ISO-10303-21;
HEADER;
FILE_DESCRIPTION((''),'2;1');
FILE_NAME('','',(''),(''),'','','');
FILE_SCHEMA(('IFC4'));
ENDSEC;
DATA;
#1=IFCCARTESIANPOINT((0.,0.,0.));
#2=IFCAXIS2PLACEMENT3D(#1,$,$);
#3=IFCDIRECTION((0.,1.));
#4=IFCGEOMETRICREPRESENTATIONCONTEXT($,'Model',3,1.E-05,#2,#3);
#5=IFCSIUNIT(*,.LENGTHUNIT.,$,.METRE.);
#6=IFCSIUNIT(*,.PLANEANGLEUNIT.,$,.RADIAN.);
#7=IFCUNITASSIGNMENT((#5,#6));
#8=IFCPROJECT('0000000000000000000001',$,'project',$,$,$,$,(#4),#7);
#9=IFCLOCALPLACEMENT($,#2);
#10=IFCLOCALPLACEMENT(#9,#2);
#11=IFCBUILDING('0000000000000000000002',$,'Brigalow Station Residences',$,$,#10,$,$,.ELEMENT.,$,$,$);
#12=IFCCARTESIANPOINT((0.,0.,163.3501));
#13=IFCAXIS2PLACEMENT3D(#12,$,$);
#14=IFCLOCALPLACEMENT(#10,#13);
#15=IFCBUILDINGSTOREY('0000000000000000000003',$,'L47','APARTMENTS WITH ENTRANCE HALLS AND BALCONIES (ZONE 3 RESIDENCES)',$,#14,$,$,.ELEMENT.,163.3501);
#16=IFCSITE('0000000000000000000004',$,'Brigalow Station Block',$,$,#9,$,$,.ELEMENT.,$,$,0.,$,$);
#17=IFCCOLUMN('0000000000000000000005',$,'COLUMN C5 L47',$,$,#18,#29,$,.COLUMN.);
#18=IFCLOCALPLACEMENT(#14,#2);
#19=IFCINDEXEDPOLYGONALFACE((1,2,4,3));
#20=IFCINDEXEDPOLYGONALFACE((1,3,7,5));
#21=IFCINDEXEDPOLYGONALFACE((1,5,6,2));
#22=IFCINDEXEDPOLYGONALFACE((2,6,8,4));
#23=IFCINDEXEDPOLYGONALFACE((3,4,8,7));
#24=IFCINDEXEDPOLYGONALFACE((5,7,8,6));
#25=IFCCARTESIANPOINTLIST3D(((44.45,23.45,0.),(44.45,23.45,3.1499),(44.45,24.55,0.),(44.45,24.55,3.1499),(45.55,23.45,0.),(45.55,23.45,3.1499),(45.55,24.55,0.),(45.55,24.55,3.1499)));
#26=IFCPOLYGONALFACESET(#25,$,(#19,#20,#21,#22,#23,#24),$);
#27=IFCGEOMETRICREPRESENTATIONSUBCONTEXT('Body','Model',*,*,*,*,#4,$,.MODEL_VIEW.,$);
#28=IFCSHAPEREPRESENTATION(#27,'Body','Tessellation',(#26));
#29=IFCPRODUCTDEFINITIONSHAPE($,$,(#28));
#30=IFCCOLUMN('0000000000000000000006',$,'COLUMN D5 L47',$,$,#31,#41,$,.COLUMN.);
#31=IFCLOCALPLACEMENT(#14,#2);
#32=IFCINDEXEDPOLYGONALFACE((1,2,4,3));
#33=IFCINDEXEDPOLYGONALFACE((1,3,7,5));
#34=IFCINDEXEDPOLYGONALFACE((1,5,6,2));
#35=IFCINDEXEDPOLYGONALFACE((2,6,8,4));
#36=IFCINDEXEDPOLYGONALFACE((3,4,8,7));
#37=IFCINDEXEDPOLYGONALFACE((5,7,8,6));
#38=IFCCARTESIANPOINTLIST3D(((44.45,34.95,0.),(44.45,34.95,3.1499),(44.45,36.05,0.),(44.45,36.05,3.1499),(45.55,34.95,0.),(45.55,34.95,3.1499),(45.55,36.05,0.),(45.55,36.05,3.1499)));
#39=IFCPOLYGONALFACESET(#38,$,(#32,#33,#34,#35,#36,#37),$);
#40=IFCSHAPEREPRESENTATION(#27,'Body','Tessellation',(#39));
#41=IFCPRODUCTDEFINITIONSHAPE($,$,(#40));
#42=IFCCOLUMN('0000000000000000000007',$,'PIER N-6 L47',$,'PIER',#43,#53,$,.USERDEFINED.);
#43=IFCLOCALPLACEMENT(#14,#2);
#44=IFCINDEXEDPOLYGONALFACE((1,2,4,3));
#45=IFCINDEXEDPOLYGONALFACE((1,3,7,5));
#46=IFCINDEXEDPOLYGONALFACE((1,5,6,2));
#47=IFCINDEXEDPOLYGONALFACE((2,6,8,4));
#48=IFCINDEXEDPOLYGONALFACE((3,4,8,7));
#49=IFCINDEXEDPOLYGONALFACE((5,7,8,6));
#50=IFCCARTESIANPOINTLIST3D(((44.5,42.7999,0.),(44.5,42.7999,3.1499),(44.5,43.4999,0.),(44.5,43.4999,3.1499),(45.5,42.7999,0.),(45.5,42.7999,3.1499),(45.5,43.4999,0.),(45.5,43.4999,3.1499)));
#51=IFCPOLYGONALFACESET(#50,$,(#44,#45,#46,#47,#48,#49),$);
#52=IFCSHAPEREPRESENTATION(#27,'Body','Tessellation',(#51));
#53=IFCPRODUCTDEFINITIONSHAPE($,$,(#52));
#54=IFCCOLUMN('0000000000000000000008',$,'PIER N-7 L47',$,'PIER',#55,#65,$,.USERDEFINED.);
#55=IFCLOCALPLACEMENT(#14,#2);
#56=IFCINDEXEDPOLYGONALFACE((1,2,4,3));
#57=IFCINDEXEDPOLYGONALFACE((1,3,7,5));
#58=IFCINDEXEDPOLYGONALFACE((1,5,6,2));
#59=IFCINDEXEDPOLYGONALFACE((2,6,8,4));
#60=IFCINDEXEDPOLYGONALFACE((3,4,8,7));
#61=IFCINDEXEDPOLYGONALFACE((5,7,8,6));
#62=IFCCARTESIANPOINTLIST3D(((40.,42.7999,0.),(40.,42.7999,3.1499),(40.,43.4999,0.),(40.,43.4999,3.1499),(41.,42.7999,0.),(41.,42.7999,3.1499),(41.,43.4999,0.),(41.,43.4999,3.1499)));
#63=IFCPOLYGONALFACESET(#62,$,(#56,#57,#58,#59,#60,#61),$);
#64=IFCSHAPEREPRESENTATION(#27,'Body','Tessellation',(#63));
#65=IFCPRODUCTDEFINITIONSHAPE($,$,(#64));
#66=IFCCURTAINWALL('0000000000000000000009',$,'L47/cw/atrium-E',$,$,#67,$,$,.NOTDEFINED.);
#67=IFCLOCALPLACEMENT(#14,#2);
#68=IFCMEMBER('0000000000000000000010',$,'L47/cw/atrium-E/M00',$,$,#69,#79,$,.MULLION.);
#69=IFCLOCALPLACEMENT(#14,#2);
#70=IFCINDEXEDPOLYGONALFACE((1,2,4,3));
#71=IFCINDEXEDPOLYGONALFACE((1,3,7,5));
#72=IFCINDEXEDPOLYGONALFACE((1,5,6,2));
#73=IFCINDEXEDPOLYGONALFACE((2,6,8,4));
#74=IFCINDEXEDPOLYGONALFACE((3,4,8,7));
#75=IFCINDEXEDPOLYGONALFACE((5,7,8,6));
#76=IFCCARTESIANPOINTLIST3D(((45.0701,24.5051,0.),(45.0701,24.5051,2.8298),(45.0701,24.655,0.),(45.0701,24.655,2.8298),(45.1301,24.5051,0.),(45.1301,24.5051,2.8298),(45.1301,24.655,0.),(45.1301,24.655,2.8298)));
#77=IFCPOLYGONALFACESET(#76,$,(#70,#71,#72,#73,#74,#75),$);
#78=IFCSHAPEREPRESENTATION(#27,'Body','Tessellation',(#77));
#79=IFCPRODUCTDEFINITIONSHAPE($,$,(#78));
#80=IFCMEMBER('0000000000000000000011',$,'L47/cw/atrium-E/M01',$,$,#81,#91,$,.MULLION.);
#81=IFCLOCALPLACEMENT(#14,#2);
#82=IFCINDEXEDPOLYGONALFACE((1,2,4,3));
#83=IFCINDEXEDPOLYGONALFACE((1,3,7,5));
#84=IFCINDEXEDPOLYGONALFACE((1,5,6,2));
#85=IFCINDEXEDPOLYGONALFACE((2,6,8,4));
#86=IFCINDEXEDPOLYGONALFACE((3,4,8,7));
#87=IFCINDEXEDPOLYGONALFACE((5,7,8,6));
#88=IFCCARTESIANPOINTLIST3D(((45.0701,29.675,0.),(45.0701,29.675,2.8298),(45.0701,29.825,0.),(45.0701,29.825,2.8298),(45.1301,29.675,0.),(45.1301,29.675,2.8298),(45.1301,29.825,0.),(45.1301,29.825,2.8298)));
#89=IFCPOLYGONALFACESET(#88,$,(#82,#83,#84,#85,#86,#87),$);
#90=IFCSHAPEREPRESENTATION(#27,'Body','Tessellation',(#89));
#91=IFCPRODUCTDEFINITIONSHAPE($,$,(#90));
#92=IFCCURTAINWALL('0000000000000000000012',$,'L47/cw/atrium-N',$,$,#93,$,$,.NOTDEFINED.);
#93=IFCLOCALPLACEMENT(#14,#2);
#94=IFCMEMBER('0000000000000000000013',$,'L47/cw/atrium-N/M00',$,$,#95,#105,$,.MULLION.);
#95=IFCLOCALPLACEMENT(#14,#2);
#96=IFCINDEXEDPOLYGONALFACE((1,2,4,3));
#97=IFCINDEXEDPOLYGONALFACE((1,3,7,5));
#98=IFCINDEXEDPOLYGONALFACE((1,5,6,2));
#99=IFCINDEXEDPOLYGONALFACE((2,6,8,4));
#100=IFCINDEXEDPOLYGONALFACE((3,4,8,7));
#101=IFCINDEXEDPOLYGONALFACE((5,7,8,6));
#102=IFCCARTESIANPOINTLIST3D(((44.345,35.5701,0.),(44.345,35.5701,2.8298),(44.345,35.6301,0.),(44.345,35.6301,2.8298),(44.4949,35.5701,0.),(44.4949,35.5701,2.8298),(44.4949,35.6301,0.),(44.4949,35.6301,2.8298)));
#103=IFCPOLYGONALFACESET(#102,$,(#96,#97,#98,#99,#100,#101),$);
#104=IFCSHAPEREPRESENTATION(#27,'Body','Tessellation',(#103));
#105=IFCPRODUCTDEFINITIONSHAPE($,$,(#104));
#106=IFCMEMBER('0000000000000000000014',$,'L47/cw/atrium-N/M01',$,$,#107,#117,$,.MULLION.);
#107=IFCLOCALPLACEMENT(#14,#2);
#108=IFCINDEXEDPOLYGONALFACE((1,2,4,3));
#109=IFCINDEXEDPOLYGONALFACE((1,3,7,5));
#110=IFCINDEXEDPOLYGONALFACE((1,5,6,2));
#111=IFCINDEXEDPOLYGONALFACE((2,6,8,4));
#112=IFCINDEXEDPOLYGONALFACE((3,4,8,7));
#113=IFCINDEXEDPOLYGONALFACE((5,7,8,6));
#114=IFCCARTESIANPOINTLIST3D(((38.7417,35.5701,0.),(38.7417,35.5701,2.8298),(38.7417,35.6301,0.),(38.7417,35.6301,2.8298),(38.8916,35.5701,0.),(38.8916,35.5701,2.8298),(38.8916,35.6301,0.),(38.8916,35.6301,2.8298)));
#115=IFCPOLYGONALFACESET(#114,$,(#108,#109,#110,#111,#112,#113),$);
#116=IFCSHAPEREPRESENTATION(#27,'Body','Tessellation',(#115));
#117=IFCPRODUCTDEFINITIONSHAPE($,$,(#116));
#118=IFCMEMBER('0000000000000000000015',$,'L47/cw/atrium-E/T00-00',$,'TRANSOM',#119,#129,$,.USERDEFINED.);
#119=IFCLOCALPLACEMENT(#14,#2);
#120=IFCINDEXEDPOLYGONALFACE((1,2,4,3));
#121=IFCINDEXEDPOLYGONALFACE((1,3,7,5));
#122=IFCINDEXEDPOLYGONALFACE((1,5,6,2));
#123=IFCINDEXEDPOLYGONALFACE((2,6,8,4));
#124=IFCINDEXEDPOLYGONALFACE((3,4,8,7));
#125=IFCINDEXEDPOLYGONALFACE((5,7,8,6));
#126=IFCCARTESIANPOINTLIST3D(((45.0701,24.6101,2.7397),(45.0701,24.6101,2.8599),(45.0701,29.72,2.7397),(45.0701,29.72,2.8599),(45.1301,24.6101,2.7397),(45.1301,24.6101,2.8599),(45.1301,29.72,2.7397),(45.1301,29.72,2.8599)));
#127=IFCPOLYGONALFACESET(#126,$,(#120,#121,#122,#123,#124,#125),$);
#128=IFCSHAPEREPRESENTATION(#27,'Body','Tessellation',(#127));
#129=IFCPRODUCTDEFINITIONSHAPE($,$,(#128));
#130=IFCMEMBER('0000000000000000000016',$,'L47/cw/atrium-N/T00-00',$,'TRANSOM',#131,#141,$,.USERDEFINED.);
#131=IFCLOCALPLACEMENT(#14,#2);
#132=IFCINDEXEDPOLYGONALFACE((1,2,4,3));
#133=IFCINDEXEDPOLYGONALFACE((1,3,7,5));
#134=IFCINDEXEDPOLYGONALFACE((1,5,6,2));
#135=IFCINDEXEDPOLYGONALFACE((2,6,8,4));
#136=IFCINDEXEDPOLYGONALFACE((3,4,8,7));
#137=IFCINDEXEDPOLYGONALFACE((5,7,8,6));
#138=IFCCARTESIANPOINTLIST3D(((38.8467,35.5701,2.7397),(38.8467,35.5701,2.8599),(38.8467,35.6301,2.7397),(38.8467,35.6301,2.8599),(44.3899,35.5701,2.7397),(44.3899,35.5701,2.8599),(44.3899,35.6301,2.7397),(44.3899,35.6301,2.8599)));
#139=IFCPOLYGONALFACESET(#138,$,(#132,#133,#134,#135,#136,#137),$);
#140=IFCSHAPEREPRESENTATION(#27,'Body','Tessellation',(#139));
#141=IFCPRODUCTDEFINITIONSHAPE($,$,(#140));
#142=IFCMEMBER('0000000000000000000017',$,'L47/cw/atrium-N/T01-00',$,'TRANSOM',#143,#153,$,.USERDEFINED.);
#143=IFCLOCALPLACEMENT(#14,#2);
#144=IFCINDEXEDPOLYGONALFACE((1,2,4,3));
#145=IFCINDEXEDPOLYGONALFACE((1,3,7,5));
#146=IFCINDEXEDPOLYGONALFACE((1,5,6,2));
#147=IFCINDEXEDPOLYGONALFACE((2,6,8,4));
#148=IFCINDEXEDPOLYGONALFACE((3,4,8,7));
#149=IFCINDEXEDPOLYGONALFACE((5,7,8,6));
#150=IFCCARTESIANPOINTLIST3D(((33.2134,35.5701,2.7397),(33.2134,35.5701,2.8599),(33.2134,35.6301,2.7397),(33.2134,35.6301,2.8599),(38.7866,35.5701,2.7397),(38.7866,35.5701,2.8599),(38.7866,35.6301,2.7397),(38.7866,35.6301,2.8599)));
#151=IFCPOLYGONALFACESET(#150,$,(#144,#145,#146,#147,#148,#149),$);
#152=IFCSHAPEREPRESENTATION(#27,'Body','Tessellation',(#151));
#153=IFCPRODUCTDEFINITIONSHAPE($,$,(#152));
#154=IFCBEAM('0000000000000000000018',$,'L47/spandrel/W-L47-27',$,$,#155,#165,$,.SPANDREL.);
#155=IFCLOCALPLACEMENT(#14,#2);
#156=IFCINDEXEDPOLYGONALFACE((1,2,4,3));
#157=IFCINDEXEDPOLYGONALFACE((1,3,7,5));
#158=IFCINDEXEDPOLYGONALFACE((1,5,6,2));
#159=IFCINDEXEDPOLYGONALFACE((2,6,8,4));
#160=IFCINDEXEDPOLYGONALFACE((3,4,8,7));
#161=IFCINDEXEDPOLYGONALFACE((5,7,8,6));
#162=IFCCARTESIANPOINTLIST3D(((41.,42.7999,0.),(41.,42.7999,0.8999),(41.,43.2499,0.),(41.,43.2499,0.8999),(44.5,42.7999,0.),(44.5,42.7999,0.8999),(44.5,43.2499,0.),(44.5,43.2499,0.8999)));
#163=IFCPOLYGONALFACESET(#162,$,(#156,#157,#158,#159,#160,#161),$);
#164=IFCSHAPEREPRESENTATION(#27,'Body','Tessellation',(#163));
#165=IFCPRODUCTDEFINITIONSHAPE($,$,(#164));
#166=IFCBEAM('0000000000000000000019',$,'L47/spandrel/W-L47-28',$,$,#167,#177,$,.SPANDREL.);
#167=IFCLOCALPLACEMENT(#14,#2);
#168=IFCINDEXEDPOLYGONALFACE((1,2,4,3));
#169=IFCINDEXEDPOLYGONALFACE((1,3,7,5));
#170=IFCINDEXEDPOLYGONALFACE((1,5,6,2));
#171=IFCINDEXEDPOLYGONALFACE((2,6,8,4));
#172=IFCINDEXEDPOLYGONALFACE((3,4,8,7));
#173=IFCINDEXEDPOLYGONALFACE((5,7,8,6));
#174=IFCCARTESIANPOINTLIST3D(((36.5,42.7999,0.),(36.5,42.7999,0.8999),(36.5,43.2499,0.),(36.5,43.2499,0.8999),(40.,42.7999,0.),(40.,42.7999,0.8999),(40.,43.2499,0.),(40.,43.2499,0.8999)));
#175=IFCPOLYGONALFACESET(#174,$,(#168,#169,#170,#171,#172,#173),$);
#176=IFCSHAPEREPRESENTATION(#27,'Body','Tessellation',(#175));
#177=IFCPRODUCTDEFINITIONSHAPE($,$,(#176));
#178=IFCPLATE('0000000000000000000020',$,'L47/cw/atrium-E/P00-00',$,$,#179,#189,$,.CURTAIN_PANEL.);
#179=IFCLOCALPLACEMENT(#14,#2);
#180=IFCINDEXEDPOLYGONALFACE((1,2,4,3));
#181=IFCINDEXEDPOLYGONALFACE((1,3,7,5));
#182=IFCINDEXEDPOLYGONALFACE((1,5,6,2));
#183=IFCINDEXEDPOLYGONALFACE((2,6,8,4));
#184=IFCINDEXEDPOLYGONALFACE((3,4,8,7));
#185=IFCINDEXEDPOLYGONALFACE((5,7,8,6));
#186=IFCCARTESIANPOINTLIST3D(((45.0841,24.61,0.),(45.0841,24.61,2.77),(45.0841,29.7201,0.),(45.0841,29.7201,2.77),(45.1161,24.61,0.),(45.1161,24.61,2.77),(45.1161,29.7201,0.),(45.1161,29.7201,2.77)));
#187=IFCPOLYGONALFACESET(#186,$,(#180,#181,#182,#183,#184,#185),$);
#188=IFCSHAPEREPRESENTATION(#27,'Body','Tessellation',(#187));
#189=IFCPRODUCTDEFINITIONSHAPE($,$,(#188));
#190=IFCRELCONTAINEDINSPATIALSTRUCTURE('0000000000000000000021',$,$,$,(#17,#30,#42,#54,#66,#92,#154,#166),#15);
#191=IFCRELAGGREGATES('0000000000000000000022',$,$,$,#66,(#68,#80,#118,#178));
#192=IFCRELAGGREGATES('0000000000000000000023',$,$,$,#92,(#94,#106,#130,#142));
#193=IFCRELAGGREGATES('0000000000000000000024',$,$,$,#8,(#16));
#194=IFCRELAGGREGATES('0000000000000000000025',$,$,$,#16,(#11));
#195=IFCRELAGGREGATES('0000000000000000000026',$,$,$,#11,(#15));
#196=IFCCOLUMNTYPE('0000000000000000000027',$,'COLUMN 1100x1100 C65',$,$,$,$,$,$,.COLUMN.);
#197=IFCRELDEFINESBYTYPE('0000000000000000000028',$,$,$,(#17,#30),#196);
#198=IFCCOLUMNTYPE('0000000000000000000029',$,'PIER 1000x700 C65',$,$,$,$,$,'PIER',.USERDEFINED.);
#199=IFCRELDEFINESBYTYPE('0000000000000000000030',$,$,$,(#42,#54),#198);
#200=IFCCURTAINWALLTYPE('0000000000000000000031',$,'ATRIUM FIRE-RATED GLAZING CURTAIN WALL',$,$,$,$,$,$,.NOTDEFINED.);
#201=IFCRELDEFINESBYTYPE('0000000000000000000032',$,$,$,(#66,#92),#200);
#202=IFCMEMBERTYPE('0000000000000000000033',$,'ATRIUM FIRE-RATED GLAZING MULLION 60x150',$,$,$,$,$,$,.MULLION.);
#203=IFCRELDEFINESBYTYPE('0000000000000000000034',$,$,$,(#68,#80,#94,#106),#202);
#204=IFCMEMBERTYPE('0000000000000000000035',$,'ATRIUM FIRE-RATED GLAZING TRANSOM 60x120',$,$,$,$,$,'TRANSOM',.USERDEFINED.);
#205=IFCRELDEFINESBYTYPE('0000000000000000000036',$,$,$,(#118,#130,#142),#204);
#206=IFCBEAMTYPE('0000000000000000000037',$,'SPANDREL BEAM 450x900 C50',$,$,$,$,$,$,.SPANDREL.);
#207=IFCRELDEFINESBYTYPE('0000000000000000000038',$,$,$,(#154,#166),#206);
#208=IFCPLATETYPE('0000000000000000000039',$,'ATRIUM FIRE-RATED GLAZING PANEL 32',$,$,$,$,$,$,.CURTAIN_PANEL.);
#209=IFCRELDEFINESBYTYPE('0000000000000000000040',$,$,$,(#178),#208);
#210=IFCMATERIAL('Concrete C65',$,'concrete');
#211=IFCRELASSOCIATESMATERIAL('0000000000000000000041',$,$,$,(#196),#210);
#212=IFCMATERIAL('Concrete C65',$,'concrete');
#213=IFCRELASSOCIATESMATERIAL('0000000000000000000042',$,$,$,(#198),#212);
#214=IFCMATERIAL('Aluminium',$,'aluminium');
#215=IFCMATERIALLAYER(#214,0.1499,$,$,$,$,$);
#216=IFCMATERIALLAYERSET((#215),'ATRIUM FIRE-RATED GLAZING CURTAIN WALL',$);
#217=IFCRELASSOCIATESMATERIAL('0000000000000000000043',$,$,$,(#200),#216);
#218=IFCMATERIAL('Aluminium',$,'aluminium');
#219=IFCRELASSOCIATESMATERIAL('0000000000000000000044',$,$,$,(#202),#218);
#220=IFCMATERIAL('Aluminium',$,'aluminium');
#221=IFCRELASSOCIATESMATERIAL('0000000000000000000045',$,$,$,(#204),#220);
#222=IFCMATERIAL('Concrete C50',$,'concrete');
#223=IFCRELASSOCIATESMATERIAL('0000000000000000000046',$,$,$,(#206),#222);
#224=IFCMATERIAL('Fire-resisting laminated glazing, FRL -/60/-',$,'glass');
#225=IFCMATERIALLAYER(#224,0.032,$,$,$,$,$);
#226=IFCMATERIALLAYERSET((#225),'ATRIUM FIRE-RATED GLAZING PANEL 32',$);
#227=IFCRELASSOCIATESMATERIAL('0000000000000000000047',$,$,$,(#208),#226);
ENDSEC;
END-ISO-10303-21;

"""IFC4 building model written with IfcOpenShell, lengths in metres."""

from ifc_helpers import new_model, si_unit, direction, frame, origin, origin_2d, place, context, subcontext, project, spatial, rectangle, extrude, material, layer, layer_set, material_profile, profile_set, type_object, element, aggregate, save


model = new_model("IFC4")

# Units and contexts
model_context = context("Model", 3, precision=1e-05, world=origin(), true_north=direction((0.0, 1.0)))
body_context = subcontext(model_context, "Body", "Model", "MODEL_VIEW")
ifc_project = project(units=[si_unit("LENGTHUNIT", "METRE"), si_unit("PLANEANGLEUNIT", "RADIAN")], contexts=[model_context])

# Site, building, storey
site_placement = place(None, origin())
site = spatial("IfcSite", under=ifc_project, at=site_placement, Name="Brigalow Station Block", CompositionType="ELEMENT", RefElevation=0.0)
building_placement = place(site_placement, origin())
building = spatial("IfcBuilding", under=site, at=building_placement, Name="Brigalow Station Residences", CompositionType="ELEMENT")
storey_placement = place(building_placement, frame((0.0, 0.0, 163.3501)))
storey = spatial("IfcBuildingStorey", under=building, at=storey_placement, Name="L47", Description="APARTMENTS WITH ENTRANCE HALLS AND BALCONIES (ZONE 3 RESIDENCES)", CompositionType="ELEMENT", Elevation=163.3501)

# Columns
ifc_material_1 = material(Name="Concrete C65", Category="concrete")
ifc_material_profile_1 = material_profile(ifc_material_1, rectangle(XDim=1.1001, YDim=1.1001, at=origin_2d()), Name="RC1100x1100")
ifc_profile_set_1 = profile_set([ifc_material_profile_1], Name="Concrete C65")
column_type_1 = type_object("IfcColumnType", Name="COLUMN 1100x1100 C65", PredefinedType="COLUMN", material=ifc_profile_set_1)
for number, where, z_axis, x_axis, name in (
    (1, (45.0, 24.0, 0.0), (0.0, 0.0, 1.0), (1.0, 0.0, 0.0), "COLUMN C5 L47"),
    (2, (45.0, 35.5, 0.0), (0.0, 0.0, 1.0), (1.0, 0.0, 0.0), "COLUMN D5 L47"),
):
    element("IfcColumn", number, at=place(storey_placement, frame(where, z_axis=z_axis, x_axis=x_axis)), inside=storey, type_object=column_type_1, Name=name, PredefinedType="COLUMN", context=body_context, shape_type="SweptSolid", body=[
        extrude(rectangle(XDim=1.1001, YDim=1.1001, at=origin_2d()), origin(), (0.0, 0.0, 1.0), 3.1499),
    ])
ifc_material_2 = material(Name="Concrete C65", Category="concrete")
ifc_material_profile_2 = material_profile(ifc_material_2, rectangle(XDim=1.0, YDim=0.7, at=origin_2d()), Name="RC1000x700")
ifc_profile_set_2 = profile_set([ifc_material_profile_2], Name="Concrete C65")
column_type_2 = type_object("IfcColumnType", Name="PIER 1000x700 C65", ElementType="PIER", PredefinedType="USERDEFINED", material=ifc_profile_set_2)
for number, where, z_axis, x_axis, name in (
    (3, (45.0, 43.1499, 0.0), (0.0, 0.0, 1.0), (-1.0, 0.0, 0.0), "PIER N-6 L47"),
    (4, (40.5, 43.1499, 0.0), (0.0, 0.0, 1.0), (-1.0, 0.0, 0.0), "PIER N-7 L47"),
):
    element("IfcColumn", number, at=place(storey_placement, frame(where, z_axis=z_axis, x_axis=x_axis)), inside=storey, type_object=column_type_2, Name=name, ObjectType="PIER", PredefinedType="USERDEFINED", context=body_context, shape_type="SweptSolid", body=[
        extrude(rectangle(XDim=1.0, YDim=0.7, at=origin_2d()), origin(), (0.0, 0.0, 1.0), 3.1499),
    ])

# Curtain walls, members
ifc_material_3 = material(Name="Aluminium", Category="aluminium")
ifc_layer_1 = layer(ifc_material_3, 0.1499)
ifc_layer_set_1 = layer_set([ifc_layer_1], Name="ATRIUM FIRE-RATED GLAZING CURTAIN WALL")
curtain_wall_type = type_object("IfcCurtainWallType", Name="ATRIUM FIRE-RATED GLAZING CURTAIN WALL", PredefinedType="NOTDEFINED", material=ifc_layer_set_1)
curtain_wall_1_placement = place(storey_placement, origin())
curtain_wall_1 = element("IfcCurtainWall", 5, at=curtain_wall_1_placement, inside=storey, type_object=curtain_wall_type, Name="L47/cw/atrium-E", PredefinedType="NOTDEFINED")
ifc_material_4 = material(Name="Aluminium", Category="aluminium")
ifc_material_profile_3 = material_profile(ifc_material_4, rectangle(XDim=0.0601, YDim=0.1499, at=origin_2d()), Name="ATRIUM FIRE-RATED GLAZING MULLION 60x150")
ifc_profile_set_3 = profile_set([ifc_material_profile_3], Name="Aluminium")
member_type_1 = type_object("IfcMemberType", Name="ATRIUM FIRE-RATED GLAZING MULLION 60x150", PredefinedType="MULLION", material=ifc_profile_set_3)
member_1_placement = place(storey_placement, frame((45.1001, 24.5801, 0.0), z_axis=(0.0, 0.0, 1.0), x_axis=(-1.0, 0.0, 0.0)))
member_1 = element("IfcMember", 6, at=member_1_placement, type_object=member_type_1, Name="L47/cw/atrium-E/M00", PredefinedType="MULLION", context=body_context, shape_type="SweptSolid", body=[
    extrude(rectangle(XDim=0.0601, YDim=0.1499, at=origin_2d()), origin(), (0.0, 0.0, 1.0), 2.8298),
])
member_2_placement = place(storey_placement, frame((45.1001, 29.75, 0.0), z_axis=(0.0, 0.0, 1.0), x_axis=(-1.0, 0.0, 0.0)))
member_2 = element("IfcMember", 7, at=member_2_placement, type_object=member_type_1, Name="L47/cw/atrium-E/M01", PredefinedType="MULLION", context=body_context, shape_type="SweptSolid", body=[
    extrude(rectangle(XDim=0.0601, YDim=0.1499, at=origin_2d()), origin(), (0.0, 0.0, 1.0), 2.8298),
])
curtain_wall_2_placement = place(storey_placement, origin())
curtain_wall_2 = element("IfcCurtainWall", 8, at=curtain_wall_2_placement, inside=storey, type_object=curtain_wall_type, Name="L47/cw/atrium-N", PredefinedType="NOTDEFINED")
member_3_placement = place(storey_placement, frame((44.4199, 35.6001, 0.0), z_axis=(0.0, 0.0, 1.0), x_axis=(0.0, -1.0, 0.0)))
member_3 = element("IfcMember", 9, at=member_3_placement, type_object=member_type_1, Name="L47/cw/atrium-N/M00", PredefinedType="MULLION", context=body_context, shape_type="SweptSolid", body=[
    extrude(rectangle(XDim=0.0601, YDim=0.1499, at=origin_2d()), origin(), (0.0, 0.0, 1.0), 2.8298),
])
member_4_placement = place(storey_placement, frame((38.8167, 35.6001, 0.0), z_axis=(0.0, 0.0, 1.0), x_axis=(0.0, -1.0, 0.0)))
member_4 = element("IfcMember", 10, at=member_4_placement, type_object=member_type_1, Name="L47/cw/atrium-N/M01", PredefinedType="MULLION", context=body_context, shape_type="SweptSolid", body=[
    extrude(rectangle(XDim=0.0601, YDim=0.1499, at=origin_2d()), origin(), (0.0, 0.0, 1.0), 2.8298),
])

# Members
ifc_material_5 = material(Name="Aluminium", Category="aluminium")
ifc_material_profile_4 = material_profile(ifc_material_5, rectangle(XDim=0.0601, YDim=0.1201, at=origin_2d()), Name="ATRIUM FIRE-RATED GLAZING TRANSOM 60x120")
ifc_profile_set_4 = profile_set([ifc_material_profile_4], Name="Aluminium")
member_type_2 = type_object("IfcMemberType", Name="ATRIUM FIRE-RATED GLAZING TRANSOM 60x120", ElementType="TRANSOM", PredefinedType="USERDEFINED", material=ifc_profile_set_4)
member_5_placement = place(storey_placement, frame((45.1001, 24.6101, 2.7998), z_axis=(0.0, 1.0, 0.0), x_axis=(-1.0, 0.0, 0.0)))
member_5 = element("IfcMember", 11, at=member_5_placement, type_object=member_type_2, Name="L47/cw/atrium-E/T00-00", ObjectType="TRANSOM", PredefinedType="USERDEFINED", context=body_context, shape_type="SweptSolid", body=[
    extrude(rectangle(XDim=0.0601, YDim=0.1201, at=origin_2d()), origin(), (0.0, 0.0, 1.0), 5.1099),
])
member_6_placement = place(storey_placement, frame((44.3899, 35.6001, 2.7998), z_axis=(-1.0, 0.0, 0.0), x_axis=(0.0, -1.0, 0.0)))
member_6 = element("IfcMember", 12, at=member_6_placement, type_object=member_type_2, Name="L47/cw/atrium-N/T00-00", ObjectType="TRANSOM", PredefinedType="USERDEFINED", context=body_context, shape_type="SweptSolid", body=[
    extrude(rectangle(XDim=0.0601, YDim=0.1201, at=origin_2d()), origin(), (0.0, 0.0, 1.0), 5.5432),
])
member_7_placement = place(storey_placement, frame((38.7866, 35.6001, 2.7998), z_axis=(-1.0, 0.0, 0.0), x_axis=(0.0, -1.0, 0.0)))
member_7 = element("IfcMember", 13, at=member_7_placement, type_object=member_type_2, Name="L47/cw/atrium-N/T01-00", ObjectType="TRANSOM", PredefinedType="USERDEFINED", context=body_context, shape_type="SweptSolid", body=[
    extrude(rectangle(XDim=0.0601, YDim=0.1201, at=origin_2d()), origin(), (0.0, 0.0, 1.0), 5.5732),
])

# Beams
ifc_material_6 = material(Name="Concrete C50", Category="concrete")
ifc_material_profile_5 = material_profile(ifc_material_6, rectangle(XDim=0.45, YDim=0.8999, at=origin_2d()), Name="RC450x900")
ifc_profile_set_5 = profile_set([ifc_material_profile_5], Name="Concrete C50")
beam_type = type_object("IfcBeamType", Name="SPANDREL BEAM 450x900 C50", PredefinedType="SPANDREL", material=ifc_profile_set_5)
for number, where, z_axis, x_axis, name in (
    (14, (44.5, 43.0249, 0.45), (-1.0, 0.0, 0.0), (0.0, -1.0, 0.0), "L47/spandrel/W-L47-27"),
    (15, (40.0, 43.0249, 0.45), (-1.0, 0.0, 0.0), (0.0, -1.0, 0.0), "L47/spandrel/W-L47-28"),
):
    element("IfcBeam", number, at=place(storey_placement, frame(where, z_axis=z_axis, x_axis=x_axis)), inside=storey, type_object=beam_type, Name=name, PredefinedType="SPANDREL", context=body_context, shape_type="SweptSolid", body=[
        extrude(rectangle(XDim=0.45, YDim=0.8999, at=origin_2d()), origin(), (0.0, 0.0, 1.0), 3.5),
    ])

# Plate
ifc_material_7 = material(Name="Fire-resisting laminated glazing, FRL -/60/-", Category="glass")
ifc_layer_2 = layer(ifc_material_7, 0.032)
ifc_layer_set_2 = layer_set([ifc_layer_2], Name="ATRIUM FIRE-RATED GLAZING PANEL 32")
plate_type = type_object("IfcPlateType", Name="ATRIUM FIRE-RATED GLAZING PANEL 32", PredefinedType="CURTAIN_PANEL", material=ifc_layer_set_2)
plate_1_placement = place(storey_placement, frame((45.1001, 27.165, 0.0), z_axis=(0.0, 0.0, 1.0), x_axis=(0.0, 1.0, 0.0)))
plate_1 = element("IfcPlate", 16, at=plate_1_placement, type_object=plate_type, Name="L47/cw/atrium-E/P00-00", PredefinedType="CURTAIN_PANEL", context=body_context, shape_type="SweptSolid", body=[
    extrude(rectangle(XDim=5.1101, YDim=0.032, at=origin_2d()), origin(), (0.0, 0.0, 1.0), 2.77),
])
aggregate(curtain_wall_1, [member_1, member_2, member_5, plate_1])
aggregate(curtain_wall_2, [member_3, member_4, member_6, member_7])

save(model, "model.ifc")
